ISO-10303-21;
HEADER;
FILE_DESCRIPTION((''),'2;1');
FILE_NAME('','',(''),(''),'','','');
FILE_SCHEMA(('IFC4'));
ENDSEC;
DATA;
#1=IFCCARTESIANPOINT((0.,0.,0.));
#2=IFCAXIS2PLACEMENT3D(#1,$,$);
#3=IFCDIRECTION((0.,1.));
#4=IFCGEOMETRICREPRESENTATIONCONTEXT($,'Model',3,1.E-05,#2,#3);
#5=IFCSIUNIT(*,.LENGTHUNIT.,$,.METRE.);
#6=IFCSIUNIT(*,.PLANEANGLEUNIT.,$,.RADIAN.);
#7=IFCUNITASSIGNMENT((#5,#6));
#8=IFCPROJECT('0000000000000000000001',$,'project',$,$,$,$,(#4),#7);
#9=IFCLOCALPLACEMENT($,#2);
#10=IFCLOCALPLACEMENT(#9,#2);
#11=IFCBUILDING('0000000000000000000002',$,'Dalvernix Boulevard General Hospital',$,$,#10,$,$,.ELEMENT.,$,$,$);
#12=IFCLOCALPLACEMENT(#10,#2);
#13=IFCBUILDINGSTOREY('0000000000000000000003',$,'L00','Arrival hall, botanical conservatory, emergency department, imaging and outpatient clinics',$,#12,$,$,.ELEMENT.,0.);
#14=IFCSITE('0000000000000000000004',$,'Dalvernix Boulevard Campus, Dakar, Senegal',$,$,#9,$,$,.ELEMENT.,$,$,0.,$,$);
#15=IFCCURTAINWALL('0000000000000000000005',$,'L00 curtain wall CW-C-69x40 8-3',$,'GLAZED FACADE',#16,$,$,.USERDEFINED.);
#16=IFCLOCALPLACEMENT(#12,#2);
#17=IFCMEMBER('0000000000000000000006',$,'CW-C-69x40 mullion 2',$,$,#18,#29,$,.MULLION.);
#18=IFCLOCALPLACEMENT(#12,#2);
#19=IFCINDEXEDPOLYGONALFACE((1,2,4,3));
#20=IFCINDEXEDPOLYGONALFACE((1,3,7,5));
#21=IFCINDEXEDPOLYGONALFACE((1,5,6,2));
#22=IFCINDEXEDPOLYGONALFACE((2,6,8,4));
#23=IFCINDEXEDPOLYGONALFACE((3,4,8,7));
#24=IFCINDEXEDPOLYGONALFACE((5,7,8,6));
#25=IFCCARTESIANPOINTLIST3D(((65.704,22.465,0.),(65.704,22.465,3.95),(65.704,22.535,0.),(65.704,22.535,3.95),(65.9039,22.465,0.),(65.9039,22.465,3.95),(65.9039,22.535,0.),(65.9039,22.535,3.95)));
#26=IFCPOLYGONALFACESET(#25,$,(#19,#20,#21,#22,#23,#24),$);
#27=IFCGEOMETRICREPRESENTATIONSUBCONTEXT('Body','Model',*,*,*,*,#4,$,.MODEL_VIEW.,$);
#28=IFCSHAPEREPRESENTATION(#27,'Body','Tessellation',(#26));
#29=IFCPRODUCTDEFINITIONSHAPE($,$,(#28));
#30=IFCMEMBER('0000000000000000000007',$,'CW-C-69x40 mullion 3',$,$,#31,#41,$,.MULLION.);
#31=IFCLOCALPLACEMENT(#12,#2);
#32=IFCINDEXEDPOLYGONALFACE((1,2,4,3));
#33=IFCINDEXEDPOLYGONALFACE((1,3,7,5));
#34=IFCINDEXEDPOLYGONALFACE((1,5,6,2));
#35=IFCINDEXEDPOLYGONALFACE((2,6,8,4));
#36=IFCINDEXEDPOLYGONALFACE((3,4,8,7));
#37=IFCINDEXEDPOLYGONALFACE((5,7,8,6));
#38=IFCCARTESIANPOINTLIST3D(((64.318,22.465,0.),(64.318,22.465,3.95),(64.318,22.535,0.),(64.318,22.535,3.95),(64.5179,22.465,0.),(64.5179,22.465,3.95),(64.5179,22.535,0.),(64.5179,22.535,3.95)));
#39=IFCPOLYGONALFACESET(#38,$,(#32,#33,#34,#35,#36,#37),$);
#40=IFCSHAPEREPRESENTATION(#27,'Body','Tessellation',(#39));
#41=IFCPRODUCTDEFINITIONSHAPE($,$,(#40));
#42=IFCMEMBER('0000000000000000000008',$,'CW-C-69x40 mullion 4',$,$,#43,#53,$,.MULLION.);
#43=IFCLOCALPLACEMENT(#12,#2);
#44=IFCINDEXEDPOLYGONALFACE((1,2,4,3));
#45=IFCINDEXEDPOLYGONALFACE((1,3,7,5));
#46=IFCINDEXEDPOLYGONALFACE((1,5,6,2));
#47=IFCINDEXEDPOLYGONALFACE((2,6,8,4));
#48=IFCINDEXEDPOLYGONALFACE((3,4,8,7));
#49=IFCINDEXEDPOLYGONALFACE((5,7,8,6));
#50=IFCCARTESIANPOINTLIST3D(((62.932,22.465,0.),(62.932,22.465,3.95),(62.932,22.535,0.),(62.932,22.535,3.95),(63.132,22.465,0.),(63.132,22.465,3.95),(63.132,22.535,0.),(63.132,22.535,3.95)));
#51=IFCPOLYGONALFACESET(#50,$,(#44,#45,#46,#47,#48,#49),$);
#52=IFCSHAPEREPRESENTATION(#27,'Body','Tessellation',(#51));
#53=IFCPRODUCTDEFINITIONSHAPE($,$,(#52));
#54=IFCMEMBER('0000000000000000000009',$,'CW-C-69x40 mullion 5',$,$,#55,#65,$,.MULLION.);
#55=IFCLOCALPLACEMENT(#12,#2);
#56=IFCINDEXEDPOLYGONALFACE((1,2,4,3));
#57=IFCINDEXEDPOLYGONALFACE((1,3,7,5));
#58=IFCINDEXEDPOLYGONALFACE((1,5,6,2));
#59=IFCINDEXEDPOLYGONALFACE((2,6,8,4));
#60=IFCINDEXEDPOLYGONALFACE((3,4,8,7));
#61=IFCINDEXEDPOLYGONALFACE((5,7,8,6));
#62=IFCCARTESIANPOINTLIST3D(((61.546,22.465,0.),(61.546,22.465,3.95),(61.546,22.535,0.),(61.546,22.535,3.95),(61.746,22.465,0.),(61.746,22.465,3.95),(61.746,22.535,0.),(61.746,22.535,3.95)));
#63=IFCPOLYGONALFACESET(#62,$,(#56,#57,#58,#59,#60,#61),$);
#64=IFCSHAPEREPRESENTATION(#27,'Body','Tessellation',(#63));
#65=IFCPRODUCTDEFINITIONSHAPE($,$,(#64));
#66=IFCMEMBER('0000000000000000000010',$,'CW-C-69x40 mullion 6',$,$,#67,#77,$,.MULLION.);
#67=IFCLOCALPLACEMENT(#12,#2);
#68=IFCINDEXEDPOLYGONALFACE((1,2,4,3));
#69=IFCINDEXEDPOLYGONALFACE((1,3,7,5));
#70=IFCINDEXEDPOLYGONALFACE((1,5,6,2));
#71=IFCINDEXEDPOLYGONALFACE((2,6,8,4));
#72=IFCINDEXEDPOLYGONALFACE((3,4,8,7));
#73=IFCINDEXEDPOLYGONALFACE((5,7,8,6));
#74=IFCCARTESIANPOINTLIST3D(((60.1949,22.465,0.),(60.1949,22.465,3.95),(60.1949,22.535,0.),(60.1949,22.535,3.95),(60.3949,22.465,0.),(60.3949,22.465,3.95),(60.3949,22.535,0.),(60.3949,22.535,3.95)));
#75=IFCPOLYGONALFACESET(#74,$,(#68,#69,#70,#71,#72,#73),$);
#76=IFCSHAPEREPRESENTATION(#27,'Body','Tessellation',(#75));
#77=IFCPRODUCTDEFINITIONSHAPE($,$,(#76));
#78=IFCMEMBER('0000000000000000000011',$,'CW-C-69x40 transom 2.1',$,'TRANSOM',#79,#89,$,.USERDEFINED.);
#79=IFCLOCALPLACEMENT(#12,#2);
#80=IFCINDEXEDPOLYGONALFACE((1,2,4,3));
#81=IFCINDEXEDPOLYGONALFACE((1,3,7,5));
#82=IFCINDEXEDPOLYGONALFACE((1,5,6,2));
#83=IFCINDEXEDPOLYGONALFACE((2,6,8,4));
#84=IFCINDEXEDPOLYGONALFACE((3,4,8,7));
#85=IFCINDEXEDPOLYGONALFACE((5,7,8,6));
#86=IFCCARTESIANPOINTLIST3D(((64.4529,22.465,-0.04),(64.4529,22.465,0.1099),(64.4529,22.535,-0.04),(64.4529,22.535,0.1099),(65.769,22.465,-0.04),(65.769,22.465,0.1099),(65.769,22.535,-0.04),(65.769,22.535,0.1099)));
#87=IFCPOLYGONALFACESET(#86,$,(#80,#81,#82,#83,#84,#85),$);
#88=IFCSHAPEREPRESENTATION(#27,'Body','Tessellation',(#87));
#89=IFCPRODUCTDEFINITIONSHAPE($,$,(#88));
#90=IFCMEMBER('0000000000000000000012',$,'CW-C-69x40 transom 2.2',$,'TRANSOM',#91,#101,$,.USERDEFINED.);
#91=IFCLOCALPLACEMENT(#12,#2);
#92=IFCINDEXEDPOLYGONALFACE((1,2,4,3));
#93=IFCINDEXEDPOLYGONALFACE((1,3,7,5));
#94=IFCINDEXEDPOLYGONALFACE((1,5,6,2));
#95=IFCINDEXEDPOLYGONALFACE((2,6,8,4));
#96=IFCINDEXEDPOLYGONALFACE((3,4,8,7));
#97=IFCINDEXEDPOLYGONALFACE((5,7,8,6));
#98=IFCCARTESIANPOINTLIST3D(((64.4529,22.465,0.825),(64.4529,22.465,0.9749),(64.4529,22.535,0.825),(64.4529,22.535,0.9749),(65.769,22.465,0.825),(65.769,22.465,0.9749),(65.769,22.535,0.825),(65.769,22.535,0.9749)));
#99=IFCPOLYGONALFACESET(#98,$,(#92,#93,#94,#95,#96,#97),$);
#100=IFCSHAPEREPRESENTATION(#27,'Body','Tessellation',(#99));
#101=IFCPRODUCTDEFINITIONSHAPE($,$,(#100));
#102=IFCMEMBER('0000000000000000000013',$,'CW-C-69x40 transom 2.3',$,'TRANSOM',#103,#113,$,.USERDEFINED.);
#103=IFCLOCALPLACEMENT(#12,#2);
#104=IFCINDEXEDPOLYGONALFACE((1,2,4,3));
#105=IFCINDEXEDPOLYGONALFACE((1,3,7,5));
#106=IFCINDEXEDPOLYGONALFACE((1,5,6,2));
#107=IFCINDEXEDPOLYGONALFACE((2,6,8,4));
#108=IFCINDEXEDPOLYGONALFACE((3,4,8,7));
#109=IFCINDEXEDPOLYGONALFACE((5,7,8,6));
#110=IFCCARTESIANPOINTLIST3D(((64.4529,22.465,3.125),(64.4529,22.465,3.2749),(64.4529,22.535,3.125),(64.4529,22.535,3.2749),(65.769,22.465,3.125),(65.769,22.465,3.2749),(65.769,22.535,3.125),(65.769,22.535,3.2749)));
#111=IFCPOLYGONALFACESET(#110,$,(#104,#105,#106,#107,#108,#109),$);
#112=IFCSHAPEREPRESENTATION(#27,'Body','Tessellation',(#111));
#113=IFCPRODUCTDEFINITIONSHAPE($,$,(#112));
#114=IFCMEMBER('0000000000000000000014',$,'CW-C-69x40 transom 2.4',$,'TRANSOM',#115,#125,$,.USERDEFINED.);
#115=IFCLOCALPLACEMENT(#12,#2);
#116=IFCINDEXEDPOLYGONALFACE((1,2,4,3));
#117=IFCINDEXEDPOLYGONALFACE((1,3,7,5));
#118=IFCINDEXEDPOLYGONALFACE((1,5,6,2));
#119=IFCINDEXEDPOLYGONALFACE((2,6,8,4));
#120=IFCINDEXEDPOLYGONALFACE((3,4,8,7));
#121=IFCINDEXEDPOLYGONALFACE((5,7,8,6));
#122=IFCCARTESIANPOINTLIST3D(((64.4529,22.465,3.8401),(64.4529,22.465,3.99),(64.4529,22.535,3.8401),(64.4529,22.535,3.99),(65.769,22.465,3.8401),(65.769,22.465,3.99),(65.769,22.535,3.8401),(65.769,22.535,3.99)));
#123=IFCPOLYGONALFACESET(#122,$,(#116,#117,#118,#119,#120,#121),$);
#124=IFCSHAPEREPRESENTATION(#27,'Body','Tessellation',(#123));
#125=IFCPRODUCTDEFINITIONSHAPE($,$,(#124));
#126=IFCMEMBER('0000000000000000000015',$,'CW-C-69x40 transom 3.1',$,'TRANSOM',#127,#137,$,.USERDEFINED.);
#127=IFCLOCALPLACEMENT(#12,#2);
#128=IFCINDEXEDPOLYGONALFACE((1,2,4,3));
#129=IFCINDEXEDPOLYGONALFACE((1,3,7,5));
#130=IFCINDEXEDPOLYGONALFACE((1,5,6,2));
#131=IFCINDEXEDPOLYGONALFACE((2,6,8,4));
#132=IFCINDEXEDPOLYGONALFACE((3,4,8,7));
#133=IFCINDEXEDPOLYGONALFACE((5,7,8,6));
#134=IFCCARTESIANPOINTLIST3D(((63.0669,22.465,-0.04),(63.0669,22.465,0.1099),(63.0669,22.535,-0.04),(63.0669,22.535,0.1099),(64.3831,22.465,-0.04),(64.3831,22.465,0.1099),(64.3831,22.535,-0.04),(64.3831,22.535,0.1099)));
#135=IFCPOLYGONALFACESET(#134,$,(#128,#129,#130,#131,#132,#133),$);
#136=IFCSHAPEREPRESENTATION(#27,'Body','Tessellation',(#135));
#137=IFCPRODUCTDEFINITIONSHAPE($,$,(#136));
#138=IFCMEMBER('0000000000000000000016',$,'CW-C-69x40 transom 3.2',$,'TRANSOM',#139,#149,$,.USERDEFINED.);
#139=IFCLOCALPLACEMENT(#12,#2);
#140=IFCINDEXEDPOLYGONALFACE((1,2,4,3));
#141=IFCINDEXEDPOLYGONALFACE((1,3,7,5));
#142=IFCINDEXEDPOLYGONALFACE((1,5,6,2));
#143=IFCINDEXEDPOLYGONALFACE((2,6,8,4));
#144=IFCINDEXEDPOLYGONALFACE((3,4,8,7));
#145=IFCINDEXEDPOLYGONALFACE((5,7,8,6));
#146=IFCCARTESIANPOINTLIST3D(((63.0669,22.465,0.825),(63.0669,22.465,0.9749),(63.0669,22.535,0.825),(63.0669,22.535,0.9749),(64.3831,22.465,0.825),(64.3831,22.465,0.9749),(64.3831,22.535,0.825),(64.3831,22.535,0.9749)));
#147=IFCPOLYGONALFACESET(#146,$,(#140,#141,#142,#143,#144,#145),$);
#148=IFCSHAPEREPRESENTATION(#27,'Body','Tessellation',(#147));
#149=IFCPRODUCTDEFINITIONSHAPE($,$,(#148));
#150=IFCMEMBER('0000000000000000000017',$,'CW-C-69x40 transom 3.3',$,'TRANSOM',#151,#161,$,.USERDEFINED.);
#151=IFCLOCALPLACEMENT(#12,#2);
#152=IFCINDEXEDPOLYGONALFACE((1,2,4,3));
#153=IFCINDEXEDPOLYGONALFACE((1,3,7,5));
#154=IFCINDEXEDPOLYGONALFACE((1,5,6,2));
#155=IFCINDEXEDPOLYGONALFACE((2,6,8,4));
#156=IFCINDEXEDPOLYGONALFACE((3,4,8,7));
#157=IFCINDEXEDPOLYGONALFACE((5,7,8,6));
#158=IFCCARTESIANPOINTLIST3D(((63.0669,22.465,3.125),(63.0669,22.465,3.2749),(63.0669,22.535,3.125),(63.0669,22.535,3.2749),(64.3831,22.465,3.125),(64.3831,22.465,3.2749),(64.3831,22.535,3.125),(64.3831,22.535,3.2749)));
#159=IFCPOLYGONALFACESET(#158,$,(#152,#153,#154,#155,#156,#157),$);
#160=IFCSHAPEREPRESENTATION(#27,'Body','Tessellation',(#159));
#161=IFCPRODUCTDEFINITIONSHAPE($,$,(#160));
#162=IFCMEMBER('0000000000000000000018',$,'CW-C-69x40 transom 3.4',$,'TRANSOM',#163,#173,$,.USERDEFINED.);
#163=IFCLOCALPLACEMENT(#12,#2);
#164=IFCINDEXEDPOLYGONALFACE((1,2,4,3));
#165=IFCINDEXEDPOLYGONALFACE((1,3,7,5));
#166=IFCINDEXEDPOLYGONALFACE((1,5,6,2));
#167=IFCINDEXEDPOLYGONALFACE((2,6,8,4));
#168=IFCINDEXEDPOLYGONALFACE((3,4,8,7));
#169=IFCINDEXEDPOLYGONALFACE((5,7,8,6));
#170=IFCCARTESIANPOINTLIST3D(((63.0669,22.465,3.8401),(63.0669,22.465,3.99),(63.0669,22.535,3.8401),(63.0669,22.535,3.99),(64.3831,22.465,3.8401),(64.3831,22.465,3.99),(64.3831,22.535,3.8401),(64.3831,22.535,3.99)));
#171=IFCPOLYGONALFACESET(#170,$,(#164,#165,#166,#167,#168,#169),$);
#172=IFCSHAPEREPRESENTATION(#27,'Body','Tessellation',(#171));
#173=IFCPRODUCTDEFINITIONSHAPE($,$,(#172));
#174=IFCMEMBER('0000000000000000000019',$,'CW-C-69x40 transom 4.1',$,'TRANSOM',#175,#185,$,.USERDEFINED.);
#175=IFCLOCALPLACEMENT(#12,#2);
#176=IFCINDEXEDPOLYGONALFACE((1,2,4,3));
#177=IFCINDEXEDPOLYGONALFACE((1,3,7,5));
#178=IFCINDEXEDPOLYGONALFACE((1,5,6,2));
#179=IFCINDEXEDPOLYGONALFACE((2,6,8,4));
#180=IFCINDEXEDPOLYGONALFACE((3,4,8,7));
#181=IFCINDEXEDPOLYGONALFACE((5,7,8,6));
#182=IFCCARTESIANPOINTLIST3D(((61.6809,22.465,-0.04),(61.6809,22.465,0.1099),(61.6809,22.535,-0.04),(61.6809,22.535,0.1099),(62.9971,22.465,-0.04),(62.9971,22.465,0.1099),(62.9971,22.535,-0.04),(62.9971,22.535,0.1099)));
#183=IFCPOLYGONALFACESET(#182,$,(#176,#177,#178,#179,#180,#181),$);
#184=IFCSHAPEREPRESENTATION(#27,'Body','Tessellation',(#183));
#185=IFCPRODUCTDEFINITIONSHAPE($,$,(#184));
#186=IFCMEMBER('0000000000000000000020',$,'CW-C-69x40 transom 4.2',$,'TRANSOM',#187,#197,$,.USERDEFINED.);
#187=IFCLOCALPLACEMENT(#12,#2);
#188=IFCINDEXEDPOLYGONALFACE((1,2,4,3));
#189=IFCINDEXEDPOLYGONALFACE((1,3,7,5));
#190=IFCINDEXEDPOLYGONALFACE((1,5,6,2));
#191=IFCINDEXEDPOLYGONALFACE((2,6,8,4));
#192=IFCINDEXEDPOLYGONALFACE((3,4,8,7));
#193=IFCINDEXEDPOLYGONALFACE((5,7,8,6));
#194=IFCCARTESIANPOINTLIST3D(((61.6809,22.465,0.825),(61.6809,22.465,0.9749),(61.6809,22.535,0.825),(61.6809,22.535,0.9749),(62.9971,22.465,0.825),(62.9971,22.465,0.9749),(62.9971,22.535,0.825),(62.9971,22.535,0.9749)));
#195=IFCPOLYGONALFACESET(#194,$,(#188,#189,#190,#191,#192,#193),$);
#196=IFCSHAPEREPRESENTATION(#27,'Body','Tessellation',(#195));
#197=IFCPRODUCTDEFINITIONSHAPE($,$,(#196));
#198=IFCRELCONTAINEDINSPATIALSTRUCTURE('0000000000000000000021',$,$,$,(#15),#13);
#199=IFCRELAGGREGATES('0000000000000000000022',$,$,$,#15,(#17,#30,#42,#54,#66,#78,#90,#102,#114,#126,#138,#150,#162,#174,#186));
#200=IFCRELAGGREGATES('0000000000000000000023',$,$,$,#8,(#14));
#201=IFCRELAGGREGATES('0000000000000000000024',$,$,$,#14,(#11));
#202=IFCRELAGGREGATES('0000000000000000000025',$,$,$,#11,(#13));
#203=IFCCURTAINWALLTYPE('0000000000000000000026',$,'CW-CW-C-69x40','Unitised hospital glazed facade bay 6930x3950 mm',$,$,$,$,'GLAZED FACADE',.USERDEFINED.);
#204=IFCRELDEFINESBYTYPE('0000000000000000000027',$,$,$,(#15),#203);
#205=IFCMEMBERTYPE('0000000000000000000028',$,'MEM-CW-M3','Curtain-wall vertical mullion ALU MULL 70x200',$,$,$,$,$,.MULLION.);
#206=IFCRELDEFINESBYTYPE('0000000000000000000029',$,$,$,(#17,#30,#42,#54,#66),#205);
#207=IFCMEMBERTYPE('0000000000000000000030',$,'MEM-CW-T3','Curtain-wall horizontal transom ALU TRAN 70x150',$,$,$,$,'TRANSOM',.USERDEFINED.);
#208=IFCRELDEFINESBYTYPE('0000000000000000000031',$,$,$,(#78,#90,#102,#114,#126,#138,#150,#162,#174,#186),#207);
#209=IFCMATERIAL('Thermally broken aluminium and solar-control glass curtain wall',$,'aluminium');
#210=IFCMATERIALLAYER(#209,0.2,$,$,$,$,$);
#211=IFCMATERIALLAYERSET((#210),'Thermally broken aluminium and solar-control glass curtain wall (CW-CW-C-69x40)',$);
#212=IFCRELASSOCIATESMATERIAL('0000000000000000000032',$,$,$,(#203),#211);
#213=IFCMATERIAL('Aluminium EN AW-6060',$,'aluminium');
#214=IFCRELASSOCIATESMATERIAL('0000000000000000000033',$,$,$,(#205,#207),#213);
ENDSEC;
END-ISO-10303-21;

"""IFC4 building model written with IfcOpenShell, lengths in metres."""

from ifc_helpers import new_model, si_unit, direction, frame, origin, origin_2d, place, context, subcontext, project, spatial, rectangle, extrude, material, layer, layer_set, material_profile, profile_set, type_object, element, aggregate, save


model = new_model("IFC4")

# Units and contexts
model_context = context("Model", 3, precision=1e-05, world=origin(), true_north=direction((0.0, 1.0)))
body_context = subcontext(model_context, "Body", "Model", "MODEL_VIEW")
ifc_project = project(units=[si_unit("LENGTHUNIT", "METRE"), si_unit("PLANEANGLEUNIT", "RADIAN")], contexts=[model_context])

# Site, building, storey
site_placement = place(None, origin())
site = spatial("IfcSite", under=ifc_project, at=site_placement, Name="Dalvernix Boulevard Campus, Dakar, Senegal", CompositionType="ELEMENT", RefElevation=0.0)
building_placement = place(site_placement, origin())
building = spatial("IfcBuilding", under=site, at=building_placement, Name="Dalvernix Boulevard General Hospital", CompositionType="ELEMENT")
storey_placement = place(building_placement, origin())
storey = spatial("IfcBuildingStorey", under=building, at=storey_placement, Name="L00", Description="Arrival hall, botanical conservatory, emergency department, imaging and outpatient clinics", CompositionType="ELEMENT", Elevation=0.0)

# Curtain wall, members
ifc_material_1 = material(Name="Thermally broken aluminium and solar-control glass curtain wall", Category="aluminium")
ifc_layer_1 = layer(ifc_material_1, 0.2)
ifc_layer_set_1 = layer_set([ifc_layer_1], Name="Thermally broken aluminium and solar-control glass curtain wall (CW-CW-C-69x40)")
curtain_wall_type = type_object("IfcCurtainWallType", Name="CW-CW-C-69x40", Description="Unitised hospital glazed facade bay 6930x3950 mm", ElementType="GLAZED FACADE", PredefinedType="USERDEFINED", material=ifc_layer_set_1)
curtain_wall_placement = place(storey_placement, origin())
curtain_wall = element("IfcCurtainWall", 1, at=curtain_wall_placement, inside=storey, type_object=curtain_wall_type, Name="L00 curtain wall CW-C-69x40 8-3", ObjectType="GLAZED FACADE", PredefinedType="USERDEFINED")
ifc_material_2 = material(Name="Aluminium EN AW-6060", Category="aluminium")
ifc_material_profile_1 = material_profile(ifc_material_2, rectangle(XDim=0.0701, YDim=0.2, at=origin_2d()), Name="ALU MULL 70x200")
ifc_profile_set_1 = profile_set([ifc_material_profile_1], Name="Aluminium EN AW-6060")
member_type_1 = type_object("IfcMemberType", Name="MEM-CW-M3", Description="Curtain-wall vertical mullion ALU MULL 70x200", PredefinedType="MULLION", material=ifc_profile_set_1)
member_1_placement = place(storey_placement, frame((65.804, 22.5, 0.0), z_axis=(0.0, 0.0, 1.0), x_axis=(0.0, -1.0, 0.0)))
member_1 = element("IfcMember", 2, at=member_1_placement, type_object=member_type_1, Name="CW-C-69x40 mullion 2", PredefinedType="MULLION", context=body_context, shape_type="SweptSolid", body=[
    extrude(rectangle(XDim=0.0701, YDim=0.2, at=origin_2d()), origin(), (0.0, 0.0, 1.0), 3.95),
])
member_2_placement = place(storey_placement, frame((64.418, 22.5, 0.0), z_axis=(0.0, 0.0, 1.0), x_axis=(0.0, -1.0, 0.0)))
member_2 = element("IfcMember", 3, at=member_2_placement, type_object=member_type_1, Name="CW-C-69x40 mullion 3", PredefinedType="MULLION", context=body_context, shape_type="SweptSolid", body=[
    extrude(rectangle(XDim=0.0701, YDim=0.2, at=origin_2d()), origin(), (0.0, 0.0, 1.0), 3.95),
])
member_3_placement = place(storey_placement, frame((63.032, 22.5, 0.0), z_axis=(0.0, 0.0, 1.0), x_axis=(0.0, -1.0, 0.0)))
member_3 = element("IfcMember", 4, at=member_3_placement, type_object=member_type_1, Name="CW-C-69x40 mullion 4", PredefinedType="MULLION", context=body_context, shape_type="SweptSolid", body=[
    extrude(rectangle(XDim=0.0701, YDim=0.2, at=origin_2d()), origin(), (0.0, 0.0, 1.0), 3.95),
])
member_4_placement = place(storey_placement, frame((61.646, 22.5, 0.0), z_axis=(0.0, 0.0, 1.0), x_axis=(0.0, -1.0, 0.0)))
member_4 = element("IfcMember", 5, at=member_4_placement, type_object=member_type_1, Name="CW-C-69x40 mullion 5", PredefinedType="MULLION", context=body_context, shape_type="SweptSolid", body=[
    extrude(rectangle(XDim=0.0701, YDim=0.2, at=origin_2d()), origin(), (0.0, 0.0, 1.0), 3.95),
])
member_5_placement = place(storey_placement, frame((60.2949, 22.5, 0.0), z_axis=(0.0, 0.0, 1.0), x_axis=(0.0, -1.0, 0.0)))
member_5 = element("IfcMember", 6, at=member_5_placement, type_object=member_type_1, Name="CW-C-69x40 mullion 6", PredefinedType="MULLION", context=body_context, shape_type="SweptSolid", body=[
    extrude(rectangle(XDim=0.0701, YDim=0.2, at=origin_2d()), origin(), (0.0, 0.0, 1.0), 3.95),
])
ifc_material_profile_2 = material_profile(ifc_material_2, rectangle(XDim=0.0701, YDim=0.1499, at=origin_2d()), Name="ALU TRAN 70x150")
ifc_profile_set_2 = profile_set([ifc_material_profile_2], Name="Aluminium EN AW-6060")
member_type_2 = type_object("IfcMemberType", Name="MEM-CW-T3", Description="Curtain-wall horizontal transom ALU TRAN 70x150", ElementType="TRANSOM", PredefinedType="USERDEFINED", material=ifc_profile_set_2)
member_6_placement = place(storey_placement, frame((65.769, 22.5, 0.0349), z_axis=(-1.0, 0.0, 0.0), x_axis=(0.0, -1.0, 0.0)))
member_6 = element("IfcMember", 7, at=member_6_placement, type_object=member_type_2, Name="CW-C-69x40 transom 2.1", ObjectType="TRANSOM", PredefinedType="USERDEFINED", context=body_context, shape_type="SweptSolid", body=[
    extrude(rectangle(XDim=0.0701, YDim=0.1499, at=origin_2d()), origin(), (0.0, 0.0, 1.0), 1.3162),
])
member_7_placement = place(storey_placement, frame((65.769, 22.5, 0.8999), z_axis=(-1.0, 0.0, 0.0), x_axis=(0.0, -1.0, 0.0)))
member_7 = element("IfcMember", 8, at=member_7_placement, type_object=member_type_2, Name="CW-C-69x40 transom 2.2", ObjectType="TRANSOM", PredefinedType="USERDEFINED", context=body_context, shape_type="SweptSolid", body=[
    extrude(rectangle(XDim=0.0701, YDim=0.1499, at=origin_2d()), origin(), (0.0, 0.0, 1.0), 1.3162),
])
member_8_placement = place(storey_placement, frame((65.769, 22.5, 3.2), z_axis=(-1.0, 0.0, 0.0), x_axis=(0.0, -1.0, 0.0)))
member_8 = element("IfcMember", 9, at=member_8_placement, type_object=member_type_2, Name="CW-C-69x40 transom 2.3", ObjectType="TRANSOM", PredefinedType="USERDEFINED", context=body_context, shape_type="SweptSolid", body=[
    extrude(rectangle(XDim=0.0701, YDim=0.1499, at=origin_2d()), origin(), (0.0, 0.0, 1.0), 1.3162),
])
member_9_placement = place(storey_placement, frame((65.769, 22.5, 3.915), z_axis=(-1.0, 0.0, 0.0), x_axis=(0.0, -1.0, 0.0)))
member_9 = element("IfcMember", 10, at=member_9_placement, type_object=member_type_2, Name="CW-C-69x40 transom 2.4", ObjectType="TRANSOM", PredefinedType="USERDEFINED", context=body_context, shape_type="SweptSolid", body=[
    extrude(rectangle(XDim=0.0701, YDim=0.1499, at=origin_2d()), origin(), (0.0, 0.0, 1.0), 1.3162),
])
member_10_placement = place(storey_placement, frame((64.3831, 22.5, 0.0349), z_axis=(-1.0, 0.0, 0.0), x_axis=(0.0, -1.0, 0.0)))
member_10 = element("IfcMember", 11, at=member_10_placement, type_object=member_type_2, Name="CW-C-69x40 transom 3.1", ObjectType="TRANSOM", PredefinedType="USERDEFINED", context=body_context, shape_type="SweptSolid", body=[
    extrude(rectangle(XDim=0.0701, YDim=0.1499, at=origin_2d()), origin(), (0.0, 0.0, 1.0), 1.3162),
])
member_11_placement = place(storey_placement, frame((64.3831, 22.5, 0.8999), z_axis=(-1.0, 0.0, 0.0), x_axis=(0.0, -1.0, 0.0)))
member_11 = element("IfcMember", 12, at=member_11_placement, type_object=member_type_2, Name="CW-C-69x40 transom 3.2", ObjectType="TRANSOM", PredefinedType="USERDEFINED", context=body_context, shape_type="SweptSolid", body=[
    extrude(rectangle(XDim=0.0701, YDim=0.1499, at=origin_2d()), origin(), (0.0, 0.0, 1.0), 1.3162),
])
member_12_placement = place(storey_placement, frame((64.3831, 22.5, 3.2), z_axis=(-1.0, 0.0, 0.0), x_axis=(0.0, -1.0, 0.0)))
member_12 = element("IfcMember", 13, at=member_12_placement, type_object=member_type_2, Name="CW-C-69x40 transom 3.3", ObjectType="TRANSOM", PredefinedType="USERDEFINED", context=body_context, shape_type="SweptSolid", body=[
    extrude(rectangle(XDim=0.0701, YDim=0.1499, at=origin_2d()), origin(), (0.0, 0.0, 1.0), 1.3162),
])
member_13_placement = place(storey_placement, frame((64.3831, 22.5, 3.915), z_axis=(-1.0, 0.0, 0.0), x_axis=(0.0, -1.0, 0.0)))
member_13 = element("IfcMember", 14, at=member_13_placement, type_object=member_type_2, Name="CW-C-69x40 transom 3.4", ObjectType="TRANSOM", PredefinedType="USERDEFINED", context=body_context, shape_type="SweptSolid", body=[
    extrude(rectangle(XDim=0.0701, YDim=0.1499, at=origin_2d()), origin(), (0.0, 0.0, 1.0), 1.3162),
])
member_14_placement = place(storey_placement, frame((62.9971, 22.5, 0.0349), z_axis=(-1.0, 0.0, 0.0), x_axis=(0.0, -1.0, 0.0)))
member_14 = element("IfcMember", 15, at=member_14_placement, type_object=member_type_2, Name="CW-C-69x40 transom 4.1", ObjectType="TRANSOM", PredefinedType="USERDEFINED", context=body_context, shape_type="SweptSolid", body=[
    extrude(rectangle(XDim=0.0701, YDim=0.1499, at=origin_2d()), origin(), (0.0, 0.0, 1.0), 1.3162),
])
member_15_placement = place(storey_placement, frame((62.9971, 22.5, 0.8999), z_axis=(-1.0, 0.0, 0.0), x_axis=(0.0, -1.0, 0.0)))
member_15 = element("IfcMember", 16, at=member_15_placement, type_object=member_type_2, Name="CW-C-69x40 transom 4.2", ObjectType="TRANSOM", PredefinedType="USERDEFINED", context=body_context, shape_type="SweptSolid", body=[
    extrude(rectangle(XDim=0.0701, YDim=0.1499, at=origin_2d()), origin(), (0.0, 0.0, 1.0), 1.3162),
])
aggregate(curtain_wall, [member_1, member_2, member_3, member_4, member_5, member_6, member_7, member_8, member_9, member_10, member_11, member_12, member_13, member_14, member_15])

save(model, "model.ifc")
